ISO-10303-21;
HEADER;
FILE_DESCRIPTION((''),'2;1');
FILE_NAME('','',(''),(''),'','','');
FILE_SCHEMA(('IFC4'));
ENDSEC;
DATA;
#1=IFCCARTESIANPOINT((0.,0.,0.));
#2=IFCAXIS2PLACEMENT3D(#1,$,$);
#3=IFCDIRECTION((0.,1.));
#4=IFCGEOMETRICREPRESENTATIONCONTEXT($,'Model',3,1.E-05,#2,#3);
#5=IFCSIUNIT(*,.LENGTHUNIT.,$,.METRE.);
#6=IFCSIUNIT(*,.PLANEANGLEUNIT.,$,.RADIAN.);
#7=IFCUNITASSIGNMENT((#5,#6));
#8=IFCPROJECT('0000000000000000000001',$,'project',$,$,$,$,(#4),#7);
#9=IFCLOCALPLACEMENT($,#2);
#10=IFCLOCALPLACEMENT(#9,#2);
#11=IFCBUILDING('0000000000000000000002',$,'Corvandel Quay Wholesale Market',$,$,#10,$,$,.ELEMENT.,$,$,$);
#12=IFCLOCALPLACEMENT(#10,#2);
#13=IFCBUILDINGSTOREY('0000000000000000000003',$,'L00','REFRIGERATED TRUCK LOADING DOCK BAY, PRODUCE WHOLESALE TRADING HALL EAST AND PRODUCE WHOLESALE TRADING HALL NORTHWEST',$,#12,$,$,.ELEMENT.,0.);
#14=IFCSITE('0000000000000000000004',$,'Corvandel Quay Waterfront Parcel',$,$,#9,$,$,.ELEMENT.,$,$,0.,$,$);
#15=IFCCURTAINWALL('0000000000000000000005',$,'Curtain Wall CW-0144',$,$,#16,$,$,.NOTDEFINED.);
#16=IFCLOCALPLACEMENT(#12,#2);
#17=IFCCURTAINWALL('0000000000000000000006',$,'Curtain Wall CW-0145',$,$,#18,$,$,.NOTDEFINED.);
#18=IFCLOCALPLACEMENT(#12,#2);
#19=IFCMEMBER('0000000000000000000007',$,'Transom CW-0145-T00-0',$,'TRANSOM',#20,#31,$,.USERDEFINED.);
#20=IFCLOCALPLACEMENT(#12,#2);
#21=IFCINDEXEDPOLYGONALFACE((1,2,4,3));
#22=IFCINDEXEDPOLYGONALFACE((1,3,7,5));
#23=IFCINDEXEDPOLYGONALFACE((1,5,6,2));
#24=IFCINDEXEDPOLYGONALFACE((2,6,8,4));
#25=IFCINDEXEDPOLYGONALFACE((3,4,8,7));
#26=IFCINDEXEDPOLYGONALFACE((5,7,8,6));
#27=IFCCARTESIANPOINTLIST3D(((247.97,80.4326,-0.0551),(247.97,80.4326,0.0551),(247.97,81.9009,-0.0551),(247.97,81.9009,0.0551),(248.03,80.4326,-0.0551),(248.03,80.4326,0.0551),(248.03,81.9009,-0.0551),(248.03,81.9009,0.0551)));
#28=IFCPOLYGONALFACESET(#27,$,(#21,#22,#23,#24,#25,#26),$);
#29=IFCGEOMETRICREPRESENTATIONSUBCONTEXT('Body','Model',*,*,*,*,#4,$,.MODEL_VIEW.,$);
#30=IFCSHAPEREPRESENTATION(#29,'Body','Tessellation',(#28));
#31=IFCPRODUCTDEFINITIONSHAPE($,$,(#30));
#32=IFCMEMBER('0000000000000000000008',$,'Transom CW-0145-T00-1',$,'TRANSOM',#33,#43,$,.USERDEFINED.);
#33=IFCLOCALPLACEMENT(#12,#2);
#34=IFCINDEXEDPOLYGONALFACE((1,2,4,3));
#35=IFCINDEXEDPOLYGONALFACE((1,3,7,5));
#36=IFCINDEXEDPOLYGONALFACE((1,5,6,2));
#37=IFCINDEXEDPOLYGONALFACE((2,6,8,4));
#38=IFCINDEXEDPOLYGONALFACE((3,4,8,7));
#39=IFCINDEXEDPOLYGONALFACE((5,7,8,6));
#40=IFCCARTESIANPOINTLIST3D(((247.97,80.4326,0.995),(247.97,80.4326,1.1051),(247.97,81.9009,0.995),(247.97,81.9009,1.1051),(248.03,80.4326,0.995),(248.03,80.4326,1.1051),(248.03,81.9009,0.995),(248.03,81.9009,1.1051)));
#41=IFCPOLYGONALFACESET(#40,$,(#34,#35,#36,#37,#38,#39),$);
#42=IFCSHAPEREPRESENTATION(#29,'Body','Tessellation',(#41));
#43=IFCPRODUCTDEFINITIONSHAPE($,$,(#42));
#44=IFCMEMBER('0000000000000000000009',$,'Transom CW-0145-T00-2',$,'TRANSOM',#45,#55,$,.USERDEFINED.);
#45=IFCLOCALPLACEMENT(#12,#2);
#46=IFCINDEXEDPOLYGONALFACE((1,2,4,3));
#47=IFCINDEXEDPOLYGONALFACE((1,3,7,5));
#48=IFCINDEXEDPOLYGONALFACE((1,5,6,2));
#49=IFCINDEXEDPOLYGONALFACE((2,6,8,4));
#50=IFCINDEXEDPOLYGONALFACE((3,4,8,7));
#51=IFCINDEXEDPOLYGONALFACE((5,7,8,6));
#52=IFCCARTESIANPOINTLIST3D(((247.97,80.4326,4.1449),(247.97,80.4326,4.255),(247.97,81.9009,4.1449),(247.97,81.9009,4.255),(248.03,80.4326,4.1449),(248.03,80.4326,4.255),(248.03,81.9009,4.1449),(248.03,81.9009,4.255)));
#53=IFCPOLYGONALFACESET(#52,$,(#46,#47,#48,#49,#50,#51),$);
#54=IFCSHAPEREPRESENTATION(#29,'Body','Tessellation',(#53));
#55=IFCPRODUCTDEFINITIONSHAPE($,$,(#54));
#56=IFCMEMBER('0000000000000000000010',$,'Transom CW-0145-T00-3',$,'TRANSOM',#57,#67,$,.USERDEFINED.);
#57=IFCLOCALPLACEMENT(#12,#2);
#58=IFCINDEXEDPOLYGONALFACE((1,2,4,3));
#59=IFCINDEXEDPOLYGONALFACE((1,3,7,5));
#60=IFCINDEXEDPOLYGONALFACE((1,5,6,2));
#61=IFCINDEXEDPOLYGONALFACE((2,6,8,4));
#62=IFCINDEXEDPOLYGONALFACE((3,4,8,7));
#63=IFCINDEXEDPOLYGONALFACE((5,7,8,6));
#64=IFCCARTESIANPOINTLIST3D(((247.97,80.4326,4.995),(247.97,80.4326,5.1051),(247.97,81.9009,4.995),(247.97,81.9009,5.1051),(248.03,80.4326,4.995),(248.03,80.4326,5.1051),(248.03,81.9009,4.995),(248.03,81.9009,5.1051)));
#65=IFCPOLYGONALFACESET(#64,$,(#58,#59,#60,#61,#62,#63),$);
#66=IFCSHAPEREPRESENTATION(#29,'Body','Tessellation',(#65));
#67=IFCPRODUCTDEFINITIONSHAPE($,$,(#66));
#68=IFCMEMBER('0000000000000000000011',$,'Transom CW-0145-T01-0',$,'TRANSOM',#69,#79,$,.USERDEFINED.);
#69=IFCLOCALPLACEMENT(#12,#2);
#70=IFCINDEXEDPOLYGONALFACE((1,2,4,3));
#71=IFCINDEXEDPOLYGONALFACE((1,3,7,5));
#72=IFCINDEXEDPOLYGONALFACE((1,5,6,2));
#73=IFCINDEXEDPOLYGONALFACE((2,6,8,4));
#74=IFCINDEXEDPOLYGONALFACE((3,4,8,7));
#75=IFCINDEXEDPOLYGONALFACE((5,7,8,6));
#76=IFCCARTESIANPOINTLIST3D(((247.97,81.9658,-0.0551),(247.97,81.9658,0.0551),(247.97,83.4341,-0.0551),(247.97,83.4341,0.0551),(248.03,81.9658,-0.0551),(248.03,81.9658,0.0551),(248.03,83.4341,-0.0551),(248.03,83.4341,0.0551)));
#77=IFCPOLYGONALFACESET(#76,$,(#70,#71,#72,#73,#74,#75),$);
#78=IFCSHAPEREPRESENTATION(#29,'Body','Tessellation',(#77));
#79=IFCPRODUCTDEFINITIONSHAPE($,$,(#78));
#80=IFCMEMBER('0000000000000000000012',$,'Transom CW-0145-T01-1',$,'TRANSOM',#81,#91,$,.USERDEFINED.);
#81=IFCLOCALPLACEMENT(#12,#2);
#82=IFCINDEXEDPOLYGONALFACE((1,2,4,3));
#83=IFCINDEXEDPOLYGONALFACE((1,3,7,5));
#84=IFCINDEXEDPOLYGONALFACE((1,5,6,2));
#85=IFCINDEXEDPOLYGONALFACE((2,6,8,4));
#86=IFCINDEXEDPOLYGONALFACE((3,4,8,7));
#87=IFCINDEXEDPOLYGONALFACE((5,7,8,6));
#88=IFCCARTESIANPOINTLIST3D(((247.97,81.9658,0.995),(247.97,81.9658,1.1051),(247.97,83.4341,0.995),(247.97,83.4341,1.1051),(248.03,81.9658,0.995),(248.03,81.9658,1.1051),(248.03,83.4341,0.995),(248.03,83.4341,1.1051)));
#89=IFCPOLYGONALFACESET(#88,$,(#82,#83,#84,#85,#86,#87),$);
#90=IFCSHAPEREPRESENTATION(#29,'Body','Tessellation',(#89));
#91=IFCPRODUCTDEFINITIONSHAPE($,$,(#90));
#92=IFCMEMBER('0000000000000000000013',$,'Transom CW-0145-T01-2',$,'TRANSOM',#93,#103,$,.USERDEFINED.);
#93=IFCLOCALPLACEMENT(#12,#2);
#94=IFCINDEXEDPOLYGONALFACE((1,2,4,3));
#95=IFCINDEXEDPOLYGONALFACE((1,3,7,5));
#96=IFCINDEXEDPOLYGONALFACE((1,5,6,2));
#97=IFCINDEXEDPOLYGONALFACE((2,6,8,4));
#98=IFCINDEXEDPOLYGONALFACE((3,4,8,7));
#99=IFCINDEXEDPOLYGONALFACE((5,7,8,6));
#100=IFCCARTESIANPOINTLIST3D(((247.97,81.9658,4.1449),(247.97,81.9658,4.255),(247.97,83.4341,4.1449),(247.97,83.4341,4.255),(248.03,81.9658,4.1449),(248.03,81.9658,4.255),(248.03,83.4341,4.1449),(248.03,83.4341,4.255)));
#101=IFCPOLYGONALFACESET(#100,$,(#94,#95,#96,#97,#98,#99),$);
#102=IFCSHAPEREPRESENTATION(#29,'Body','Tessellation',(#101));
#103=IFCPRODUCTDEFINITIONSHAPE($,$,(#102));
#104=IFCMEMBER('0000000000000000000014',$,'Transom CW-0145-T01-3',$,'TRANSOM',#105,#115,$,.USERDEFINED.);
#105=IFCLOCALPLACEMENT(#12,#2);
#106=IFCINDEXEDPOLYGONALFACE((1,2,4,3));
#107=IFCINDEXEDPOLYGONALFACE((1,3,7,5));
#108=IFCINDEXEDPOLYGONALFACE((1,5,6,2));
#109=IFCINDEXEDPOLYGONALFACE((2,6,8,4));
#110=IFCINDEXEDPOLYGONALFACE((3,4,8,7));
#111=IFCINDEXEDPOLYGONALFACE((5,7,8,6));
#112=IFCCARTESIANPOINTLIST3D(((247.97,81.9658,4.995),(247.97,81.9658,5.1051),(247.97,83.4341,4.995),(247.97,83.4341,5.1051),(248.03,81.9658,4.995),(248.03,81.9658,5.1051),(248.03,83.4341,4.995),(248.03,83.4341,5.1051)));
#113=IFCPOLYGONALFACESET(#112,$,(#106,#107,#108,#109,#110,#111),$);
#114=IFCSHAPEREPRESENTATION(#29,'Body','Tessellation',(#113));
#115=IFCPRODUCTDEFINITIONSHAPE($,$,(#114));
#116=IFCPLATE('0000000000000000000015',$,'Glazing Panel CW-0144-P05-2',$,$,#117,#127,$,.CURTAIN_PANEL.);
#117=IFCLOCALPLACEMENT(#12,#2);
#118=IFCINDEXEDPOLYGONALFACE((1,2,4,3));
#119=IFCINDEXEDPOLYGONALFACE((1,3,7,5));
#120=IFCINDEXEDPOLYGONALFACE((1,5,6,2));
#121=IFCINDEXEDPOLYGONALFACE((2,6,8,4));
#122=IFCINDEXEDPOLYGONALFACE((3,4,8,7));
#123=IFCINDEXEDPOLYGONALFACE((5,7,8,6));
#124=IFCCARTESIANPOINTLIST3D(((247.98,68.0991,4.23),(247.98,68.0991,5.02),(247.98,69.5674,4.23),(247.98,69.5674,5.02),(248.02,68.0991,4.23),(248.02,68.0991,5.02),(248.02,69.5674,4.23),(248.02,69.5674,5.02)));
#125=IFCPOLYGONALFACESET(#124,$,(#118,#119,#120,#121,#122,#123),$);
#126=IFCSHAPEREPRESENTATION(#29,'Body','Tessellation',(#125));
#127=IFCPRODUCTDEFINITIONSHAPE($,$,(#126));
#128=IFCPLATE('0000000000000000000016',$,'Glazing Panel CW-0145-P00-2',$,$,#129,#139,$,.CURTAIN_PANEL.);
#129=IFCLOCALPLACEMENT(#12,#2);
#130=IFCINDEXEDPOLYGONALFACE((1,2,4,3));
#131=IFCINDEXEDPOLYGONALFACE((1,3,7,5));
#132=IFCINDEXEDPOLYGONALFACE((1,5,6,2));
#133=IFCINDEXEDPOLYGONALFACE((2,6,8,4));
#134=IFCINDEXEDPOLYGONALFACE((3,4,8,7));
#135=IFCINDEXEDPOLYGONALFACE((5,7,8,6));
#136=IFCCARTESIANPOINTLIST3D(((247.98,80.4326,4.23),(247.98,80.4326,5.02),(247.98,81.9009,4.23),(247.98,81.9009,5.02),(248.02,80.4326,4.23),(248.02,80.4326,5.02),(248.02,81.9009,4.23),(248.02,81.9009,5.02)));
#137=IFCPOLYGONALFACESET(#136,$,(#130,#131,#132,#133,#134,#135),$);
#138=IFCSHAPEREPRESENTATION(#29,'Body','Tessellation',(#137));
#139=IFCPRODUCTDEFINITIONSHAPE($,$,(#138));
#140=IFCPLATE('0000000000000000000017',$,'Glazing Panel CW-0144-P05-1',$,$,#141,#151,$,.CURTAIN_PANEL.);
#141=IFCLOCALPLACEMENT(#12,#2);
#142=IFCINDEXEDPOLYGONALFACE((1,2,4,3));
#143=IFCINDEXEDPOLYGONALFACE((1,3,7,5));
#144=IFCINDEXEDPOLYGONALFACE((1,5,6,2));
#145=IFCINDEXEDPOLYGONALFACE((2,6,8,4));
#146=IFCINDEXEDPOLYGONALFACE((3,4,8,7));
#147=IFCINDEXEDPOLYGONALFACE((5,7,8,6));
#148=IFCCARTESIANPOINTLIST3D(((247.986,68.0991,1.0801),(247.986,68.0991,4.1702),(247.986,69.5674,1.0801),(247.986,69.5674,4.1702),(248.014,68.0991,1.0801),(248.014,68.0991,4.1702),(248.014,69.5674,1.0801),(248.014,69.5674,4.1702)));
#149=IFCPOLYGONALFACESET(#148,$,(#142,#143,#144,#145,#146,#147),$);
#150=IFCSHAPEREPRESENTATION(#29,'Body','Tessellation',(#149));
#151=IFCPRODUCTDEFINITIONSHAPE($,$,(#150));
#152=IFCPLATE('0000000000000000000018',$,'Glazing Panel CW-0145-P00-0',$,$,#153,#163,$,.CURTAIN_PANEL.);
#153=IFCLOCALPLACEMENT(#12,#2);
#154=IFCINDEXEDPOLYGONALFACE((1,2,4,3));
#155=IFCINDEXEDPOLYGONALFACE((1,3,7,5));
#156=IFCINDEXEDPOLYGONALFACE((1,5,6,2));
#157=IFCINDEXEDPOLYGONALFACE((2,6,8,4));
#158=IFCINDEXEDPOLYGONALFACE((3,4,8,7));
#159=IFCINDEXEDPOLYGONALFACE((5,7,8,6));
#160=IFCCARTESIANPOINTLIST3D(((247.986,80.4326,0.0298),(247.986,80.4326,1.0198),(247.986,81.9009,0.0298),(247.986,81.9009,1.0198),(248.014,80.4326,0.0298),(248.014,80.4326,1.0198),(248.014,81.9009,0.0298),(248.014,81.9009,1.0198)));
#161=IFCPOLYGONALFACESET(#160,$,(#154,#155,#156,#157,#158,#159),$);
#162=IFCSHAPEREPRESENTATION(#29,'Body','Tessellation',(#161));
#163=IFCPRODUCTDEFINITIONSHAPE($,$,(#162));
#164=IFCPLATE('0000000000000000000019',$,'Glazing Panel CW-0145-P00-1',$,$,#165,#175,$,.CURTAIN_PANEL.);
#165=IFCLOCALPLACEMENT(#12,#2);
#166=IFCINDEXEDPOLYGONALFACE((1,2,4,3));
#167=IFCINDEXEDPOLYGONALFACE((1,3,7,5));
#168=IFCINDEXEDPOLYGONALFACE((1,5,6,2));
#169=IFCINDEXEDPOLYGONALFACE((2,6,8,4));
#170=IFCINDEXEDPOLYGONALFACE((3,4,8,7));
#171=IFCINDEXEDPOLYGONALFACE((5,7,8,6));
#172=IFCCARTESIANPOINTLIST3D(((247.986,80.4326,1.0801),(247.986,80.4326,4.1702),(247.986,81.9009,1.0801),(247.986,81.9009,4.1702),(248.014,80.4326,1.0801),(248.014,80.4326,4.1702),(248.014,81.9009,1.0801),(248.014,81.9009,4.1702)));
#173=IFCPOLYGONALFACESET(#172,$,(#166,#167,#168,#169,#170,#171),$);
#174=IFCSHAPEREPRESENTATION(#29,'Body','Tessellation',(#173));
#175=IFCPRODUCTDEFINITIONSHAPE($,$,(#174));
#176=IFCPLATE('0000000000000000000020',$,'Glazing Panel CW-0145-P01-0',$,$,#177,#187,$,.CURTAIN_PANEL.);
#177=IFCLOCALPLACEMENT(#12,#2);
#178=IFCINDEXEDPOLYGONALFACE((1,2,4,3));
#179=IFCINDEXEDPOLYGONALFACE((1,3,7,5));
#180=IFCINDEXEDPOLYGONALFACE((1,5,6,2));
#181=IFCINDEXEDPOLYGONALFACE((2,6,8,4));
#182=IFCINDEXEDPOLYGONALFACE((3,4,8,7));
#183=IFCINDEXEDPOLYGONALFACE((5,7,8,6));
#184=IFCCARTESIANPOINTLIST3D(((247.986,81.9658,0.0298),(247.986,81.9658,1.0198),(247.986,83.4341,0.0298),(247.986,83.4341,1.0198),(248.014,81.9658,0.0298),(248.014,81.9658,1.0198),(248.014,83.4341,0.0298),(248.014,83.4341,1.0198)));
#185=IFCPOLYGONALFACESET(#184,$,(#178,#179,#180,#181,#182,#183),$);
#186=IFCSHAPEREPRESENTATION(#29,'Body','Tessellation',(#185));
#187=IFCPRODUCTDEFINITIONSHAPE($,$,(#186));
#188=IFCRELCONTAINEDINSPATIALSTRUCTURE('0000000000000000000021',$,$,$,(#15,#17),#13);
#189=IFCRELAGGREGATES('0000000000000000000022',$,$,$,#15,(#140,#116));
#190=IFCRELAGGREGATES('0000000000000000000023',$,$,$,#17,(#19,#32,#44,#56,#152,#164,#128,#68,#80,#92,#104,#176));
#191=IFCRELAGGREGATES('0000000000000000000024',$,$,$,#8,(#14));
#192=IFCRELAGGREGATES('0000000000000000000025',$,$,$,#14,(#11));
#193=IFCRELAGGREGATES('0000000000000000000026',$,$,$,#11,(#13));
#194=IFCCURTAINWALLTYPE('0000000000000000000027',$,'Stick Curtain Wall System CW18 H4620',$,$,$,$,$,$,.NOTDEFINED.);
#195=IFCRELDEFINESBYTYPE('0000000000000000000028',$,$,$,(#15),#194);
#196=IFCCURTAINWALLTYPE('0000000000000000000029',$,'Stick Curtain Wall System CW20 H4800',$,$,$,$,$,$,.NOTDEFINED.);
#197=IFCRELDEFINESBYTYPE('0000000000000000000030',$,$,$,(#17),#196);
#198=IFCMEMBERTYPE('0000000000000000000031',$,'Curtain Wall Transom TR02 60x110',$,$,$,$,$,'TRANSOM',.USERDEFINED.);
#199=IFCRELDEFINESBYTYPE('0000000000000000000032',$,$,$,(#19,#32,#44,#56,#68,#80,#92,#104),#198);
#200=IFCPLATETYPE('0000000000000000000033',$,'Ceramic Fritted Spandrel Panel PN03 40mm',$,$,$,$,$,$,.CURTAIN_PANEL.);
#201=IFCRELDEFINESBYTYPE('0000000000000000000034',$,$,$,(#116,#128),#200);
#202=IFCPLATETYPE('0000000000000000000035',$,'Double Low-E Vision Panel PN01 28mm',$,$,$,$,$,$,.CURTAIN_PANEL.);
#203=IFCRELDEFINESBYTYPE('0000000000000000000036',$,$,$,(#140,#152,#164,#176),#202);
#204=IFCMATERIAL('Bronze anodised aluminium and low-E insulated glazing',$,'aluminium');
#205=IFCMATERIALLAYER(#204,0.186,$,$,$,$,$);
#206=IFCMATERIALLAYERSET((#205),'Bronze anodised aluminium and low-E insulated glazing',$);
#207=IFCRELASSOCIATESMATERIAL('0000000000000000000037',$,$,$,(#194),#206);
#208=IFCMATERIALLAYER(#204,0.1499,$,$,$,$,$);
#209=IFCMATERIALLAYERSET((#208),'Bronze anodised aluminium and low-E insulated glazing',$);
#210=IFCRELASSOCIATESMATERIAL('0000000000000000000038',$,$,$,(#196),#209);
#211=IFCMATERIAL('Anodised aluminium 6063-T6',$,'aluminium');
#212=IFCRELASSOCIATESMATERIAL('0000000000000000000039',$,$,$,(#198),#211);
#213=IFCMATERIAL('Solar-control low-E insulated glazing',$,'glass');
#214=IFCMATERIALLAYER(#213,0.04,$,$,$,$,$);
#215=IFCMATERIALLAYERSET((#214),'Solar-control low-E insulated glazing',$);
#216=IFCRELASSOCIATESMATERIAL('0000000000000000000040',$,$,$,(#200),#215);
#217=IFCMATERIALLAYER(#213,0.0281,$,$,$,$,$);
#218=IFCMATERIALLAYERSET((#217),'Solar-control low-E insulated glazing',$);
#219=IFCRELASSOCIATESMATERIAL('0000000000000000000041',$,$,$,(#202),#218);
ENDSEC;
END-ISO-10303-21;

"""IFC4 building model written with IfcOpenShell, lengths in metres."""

from ifc_helpers import new_model, si_unit, direction, frame, origin, origin_2d, place, context, subcontext, project, spatial, rectangle, extrude, material, layer, layer_set, material_profile, profile_set, type_object, element, aggregate, save


model = new_model("IFC4")

# Units and contexts
model_context = context("Model", 3, precision=1e-05, world=origin(), true_north=direction((0.0, 1.0)))
body_context = subcontext(model_context, "Body", "Model", "MODEL_VIEW")
ifc_project = project(units=[si_unit("LENGTHUNIT", "METRE"), si_unit("PLANEANGLEUNIT", "RADIAN")], contexts=[model_context])

# Site, building, storey
site_placement = place(None, origin())
site = spatial("IfcSite", under=ifc_project, at=site_placement, Name="Corvandel Quay Waterfront Parcel", CompositionType="ELEMENT", RefElevation=0.0)
building_placement = place(site_placement, origin())
building = spatial("IfcBuilding", under=site, at=building_placement, Name="Corvandel Quay Wholesale Market", CompositionType="ELEMENT")
storey_placement = place(building_placement, origin())
storey = spatial("IfcBuildingStorey", under=building, at=storey_placement, Name="L00", Description="REFRIGERATED TRUCK LOADING DOCK BAY, PRODUCE WHOLESALE TRADING HALL EAST AND PRODUCE WHOLESALE TRADING HALL NORTHWEST", CompositionType="ELEMENT", Elevation=0.0)

# Curtain wall
ifc_material_1 = material(Name="Bronze anodised aluminium and low-E insulated glazing", Category="aluminium")
ifc_layer_1 = layer(ifc_material_1, 0.186)
ifc_layer_set_1 = layer_set([ifc_layer_1], Name="Bronze anodised aluminium and low-E insulated glazing")
curtain_wall_type_1 = type_object("IfcCurtainWallType", Name="Stick Curtain Wall System CW18 H4620", PredefinedType="NOTDEFINED", material=ifc_layer_set_1)
curtain_wall_1_placement = place(storey_placement, origin())
curtain_wall_1 = element("IfcCurtainWall", 1, at=curtain_wall_1_placement, inside=storey, type_object=curtain_wall_type_1, Name="Curtain Wall CW-0144", PredefinedType="NOTDEFINED")
ifc_material_2 = material(Name="Anodised aluminium 6063-T6", Category="aluminium")

# Curtain wall, members
ifc_layer_2 = layer(ifc_material_1, 0.1499)
ifc_layer_set_2 = layer_set([ifc_layer_2], Name="Bronze anodised aluminium and low-E insulated glazing")
curtain_wall_type_2 = type_object("IfcCurtainWallType", Name="Stick Curtain Wall System CW20 H4800", PredefinedType="NOTDEFINED", material=ifc_layer_set_2)
curtain_wall_2_placement = place(storey_placement, origin())
curtain_wall_2 = element("IfcCurtainWall", 2, at=curtain_wall_2_placement, inside=storey, type_object=curtain_wall_type_2, Name="Curtain Wall CW-0145", PredefinedType="NOTDEFINED")
ifc_material_profile_1 = material_profile(ifc_material_2, rectangle(XDim=0.0601, YDim=0.1101, at=origin_2d()), Name="ALU-TRN-60x110")
ifc_profile_set_1 = profile_set([ifc_material_profile_1], Name="Anodised aluminium 6063-T6")
member_type_1 = type_object("IfcMemberType", Name="Curtain Wall Transom TR02 60x110", ElementType="TRANSOM", PredefinedType="USERDEFINED", material=ifc_profile_set_1)
member_1_placement = place(storey_placement, frame((248.0, 80.4326, 0.0), z_axis=(0.0, 1.0, 0.0), x_axis=(-1.0, 0.0, 0.0)))
member_1 = element("IfcMember", 3, at=member_1_placement, type_object=member_type_1, Name="Transom CW-0145-T00-0", ObjectType="TRANSOM", PredefinedType="USERDEFINED", context=body_context, shape_type="SweptSolid", body=[
    extrude(rectangle(XDim=0.0601, YDim=0.1101, at=origin_2d()), origin(), (0.0, 0.0, 1.0), 1.4683),
])
member_2_placement = place(storey_placement, frame((248.0, 80.4326, 1.05), z_axis=(0.0, 1.0, 0.0), x_axis=(-1.0, 0.0, 0.0)))
member_2 = element("IfcMember", 4, at=member_2_placement, type_object=member_type_1, Name="Transom CW-0145-T00-1", ObjectType="TRANSOM", PredefinedType="USERDEFINED", context=body_context, shape_type="SweptSolid", body=[
    extrude(rectangle(XDim=0.0601, YDim=0.1101, at=origin_2d()), origin(), (0.0, 0.0, 1.0), 1.4683),
])
member_3_placement = place(storey_placement, frame((248.0, 80.4326, 4.2), z_axis=(0.0, 1.0, 0.0), x_axis=(-1.0, 0.0, 0.0)))
member_3 = element("IfcMember", 5, at=member_3_placement, type_object=member_type_1, Name="Transom CW-0145-T00-2", ObjectType="TRANSOM", PredefinedType="USERDEFINED", context=body_context, shape_type="SweptSolid", body=[
    extrude(rectangle(XDim=0.0601, YDim=0.1101, at=origin_2d()), origin(), (0.0, 0.0, 1.0), 1.4683),
])
member_4_placement = place(storey_placement, frame((248.0, 80.4326, 5.05), z_axis=(0.0, 1.0, 0.0), x_axis=(-1.0, 0.0, 0.0)))
member_4 = element("IfcMember", 6, at=member_4_placement, type_object=member_type_1, Name="Transom CW-0145-T00-3", ObjectType="TRANSOM", PredefinedType="USERDEFINED", context=body_context, shape_type="SweptSolid", body=[
    extrude(rectangle(XDim=0.0601, YDim=0.1101, at=origin_2d()), origin(), (0.0, 0.0, 1.0), 1.4683),
])
member_5_placement = place(storey_placement, frame((248.0, 81.9658, 0.0), z_axis=(0.0, 1.0, 0.0), x_axis=(-1.0, 0.0, 0.0)))
member_5 = element("IfcMember", 7, at=member_5_placement, type_object=member_type_1, Name="Transom CW-0145-T01-0", ObjectType="TRANSOM", PredefinedType="USERDEFINED", context=body_context, shape_type="SweptSolid", body=[
    extrude(rectangle(XDim=0.0601, YDim=0.1101, at=origin_2d()), origin(), (0.0, 0.0, 1.0), 1.4683),
])
member_6_placement = place(storey_placement, frame((248.0, 81.9658, 1.05), z_axis=(0.0, 1.0, 0.0), x_axis=(-1.0, 0.0, 0.0)))
member_6 = element("IfcMember", 8, at=member_6_placement, type_object=member_type_1, Name="Transom CW-0145-T01-1", ObjectType="TRANSOM", PredefinedType="USERDEFINED", context=body_context, shape_type="SweptSolid", body=[
    extrude(rectangle(XDim=0.0601, YDim=0.1101, at=origin_2d()), origin(), (0.0, 0.0, 1.0), 1.4683),
])
member_7_placement = place(storey_placement, frame((248.0, 81.9658, 4.2), z_axis=(0.0, 1.0, 0.0), x_axis=(-1.0, 0.0, 0.0)))
member_7 = element("IfcMember", 9, at=member_7_placement, type_object=member_type_1, Name="Transom CW-0145-T01-2", ObjectType="TRANSOM", PredefinedType="USERDEFINED", context=body_context, shape_type="SweptSolid", body=[
    extrude(rectangle(XDim=0.0601, YDim=0.1101, at=origin_2d()), origin(), (0.0, 0.0, 1.0), 1.4683),
])
member_8_placement = place(storey_placement, frame((248.0, 81.9658, 5.05), z_axis=(0.0, 1.0, 0.0), x_axis=(-1.0, 0.0, 0.0)))
member_8 = element("IfcMember", 10, at=member_8_placement, type_object=member_type_1, Name="Transom CW-0145-T01-3", ObjectType="TRANSOM", PredefinedType="USERDEFINED", context=body_context, shape_type="SweptSolid", body=[
    extrude(rectangle(XDim=0.0601, YDim=0.1101, at=origin_2d()), origin(), (0.0, 0.0, 1.0), 1.4683),
])

# Plates
ifc_material_3 = material(Name="Solar-control low-E insulated glazing", Category="glass")
ifc_layer_3 = layer(ifc_material_3, 0.04)
ifc_layer_set_3 = layer_set([ifc_layer_3], Name="Solar-control low-E insulated glazing")
plate_type_1 = type_object("IfcPlateType", Name="Ceramic Fritted Spandrel Panel PN03 40mm", PredefinedType="CURTAIN_PANEL", material=ifc_layer_set_3)
plate_1_placement = place(storey_placement, frame((248.0, 68.8333, 4.23), z_axis=(0.0, 0.0, 1.0), x_axis=(0.0, 1.0, 0.0)))
plate_1 = element("IfcPlate", 11, at=plate_1_placement, type_object=plate_type_1, Name="Glazing Panel CW-0144-P05-2", PredefinedType="CURTAIN_PANEL", context=body_context, shape_type="SweptSolid", body=[
    extrude(rectangle(XDim=1.4683, YDim=0.04, at=origin_2d()), origin(), (0.0, 0.0, 1.0), 0.79),
])
plate_2_placement = place(storey_placement, frame((248.0, 81.1667, 4.23), z_axis=(0.0, 0.0, 1.0), x_axis=(0.0, 1.0, 0.0)))
plate_2 = element("IfcPlate", 12, at=plate_2_placement, type_object=plate_type_1, Name="Glazing Panel CW-0145-P00-2", PredefinedType="CURTAIN_PANEL", context=body_context, shape_type="SweptSolid", body=[
    extrude(rectangle(XDim=1.4683, YDim=0.04, at=origin_2d()), origin(), (0.0, 0.0, 1.0), 0.79),
])
ifc_layer_4 = layer(ifc_material_3, 0.0281)
ifc_layer_set_4 = layer_set([ifc_layer_4], Name="Solar-control low-E insulated glazing")
plate_type_2 = type_object("IfcPlateType", Name="Double Low-E Vision Panel PN01 28mm", PredefinedType="CURTAIN_PANEL", material=ifc_layer_set_4)
plate_3_placement = place(storey_placement, frame((248.0, 68.8333, 1.0801), z_axis=(0.0, 0.0, 1.0), x_axis=(0.0, 1.0, 0.0)))
plate_3 = element("IfcPlate", 13, at=plate_3_placement, type_object=plate_type_2, Name="Glazing Panel CW-0144-P05-1", PredefinedType="CURTAIN_PANEL", context=body_context, shape_type="SweptSolid", body=[
    extrude(rectangle(XDim=1.4683, YDim=0.0281, at=origin_2d()), origin(), (0.0, 0.0, 1.0), 3.0901),
])
aggregate(curtain_wall_1, [plate_3, plate_1])
plate_4_placement = place(storey_placement, frame((248.0, 81.1667, 0.0298), z_axis=(0.0, 0.0, 1.0), x_axis=(0.0, 1.0, 0.0)))
plate_4 = element("IfcPlate", 14, at=plate_4_placement, type_object=plate_type_2, Name="Glazing Panel CW-0145-P00-0", PredefinedType="CURTAIN_PANEL", context=body_context, shape_type="SweptSolid", body=[
    extrude(rectangle(XDim=1.4683, YDim=0.0281, at=origin_2d()), origin(), (0.0, 0.0, 1.0), 0.99),
])
plate_5_placement = place(storey_placement, frame((248.0, 81.1667, 1.0801), z_axis=(0.0, 0.0, 1.0), x_axis=(0.0, 1.0, 0.0)))
plate_5 = element("IfcPlate", 15, at=plate_5_placement, type_object=plate_type_2, Name="Glazing Panel CW-0145-P00-1", PredefinedType="CURTAIN_PANEL", context=body_context, shape_type="SweptSolid", body=[
    extrude(rectangle(XDim=1.4683, YDim=0.0281, at=origin_2d()), origin(), (0.0, 0.0, 1.0), 3.0901),
])
plate_6_placement = place(storey_placement, frame((248.0, 82.7, 0.0298), z_axis=(0.0, 0.0, 1.0), x_axis=(0.0, 1.0, 0.0)))
plate_6 = element("IfcPlate", 16, at=plate_6_placement, type_object=plate_type_2, Name="Glazing Panel CW-0145-P01-0", PredefinedType="CURTAIN_PANEL", context=body_context, shape_type="SweptSolid", body=[
    extrude(rectangle(XDim=1.4683, YDim=0.0281, at=origin_2d()), origin(), (0.0, 0.0, 1.0), 0.99),
])
aggregate(curtain_wall_2, [member_1, member_2, member_3, member_4, plate_4, plate_5, plate_2, member_5, member_6, member_7, member_8, plate_6])

save(model, "model.ifc")
